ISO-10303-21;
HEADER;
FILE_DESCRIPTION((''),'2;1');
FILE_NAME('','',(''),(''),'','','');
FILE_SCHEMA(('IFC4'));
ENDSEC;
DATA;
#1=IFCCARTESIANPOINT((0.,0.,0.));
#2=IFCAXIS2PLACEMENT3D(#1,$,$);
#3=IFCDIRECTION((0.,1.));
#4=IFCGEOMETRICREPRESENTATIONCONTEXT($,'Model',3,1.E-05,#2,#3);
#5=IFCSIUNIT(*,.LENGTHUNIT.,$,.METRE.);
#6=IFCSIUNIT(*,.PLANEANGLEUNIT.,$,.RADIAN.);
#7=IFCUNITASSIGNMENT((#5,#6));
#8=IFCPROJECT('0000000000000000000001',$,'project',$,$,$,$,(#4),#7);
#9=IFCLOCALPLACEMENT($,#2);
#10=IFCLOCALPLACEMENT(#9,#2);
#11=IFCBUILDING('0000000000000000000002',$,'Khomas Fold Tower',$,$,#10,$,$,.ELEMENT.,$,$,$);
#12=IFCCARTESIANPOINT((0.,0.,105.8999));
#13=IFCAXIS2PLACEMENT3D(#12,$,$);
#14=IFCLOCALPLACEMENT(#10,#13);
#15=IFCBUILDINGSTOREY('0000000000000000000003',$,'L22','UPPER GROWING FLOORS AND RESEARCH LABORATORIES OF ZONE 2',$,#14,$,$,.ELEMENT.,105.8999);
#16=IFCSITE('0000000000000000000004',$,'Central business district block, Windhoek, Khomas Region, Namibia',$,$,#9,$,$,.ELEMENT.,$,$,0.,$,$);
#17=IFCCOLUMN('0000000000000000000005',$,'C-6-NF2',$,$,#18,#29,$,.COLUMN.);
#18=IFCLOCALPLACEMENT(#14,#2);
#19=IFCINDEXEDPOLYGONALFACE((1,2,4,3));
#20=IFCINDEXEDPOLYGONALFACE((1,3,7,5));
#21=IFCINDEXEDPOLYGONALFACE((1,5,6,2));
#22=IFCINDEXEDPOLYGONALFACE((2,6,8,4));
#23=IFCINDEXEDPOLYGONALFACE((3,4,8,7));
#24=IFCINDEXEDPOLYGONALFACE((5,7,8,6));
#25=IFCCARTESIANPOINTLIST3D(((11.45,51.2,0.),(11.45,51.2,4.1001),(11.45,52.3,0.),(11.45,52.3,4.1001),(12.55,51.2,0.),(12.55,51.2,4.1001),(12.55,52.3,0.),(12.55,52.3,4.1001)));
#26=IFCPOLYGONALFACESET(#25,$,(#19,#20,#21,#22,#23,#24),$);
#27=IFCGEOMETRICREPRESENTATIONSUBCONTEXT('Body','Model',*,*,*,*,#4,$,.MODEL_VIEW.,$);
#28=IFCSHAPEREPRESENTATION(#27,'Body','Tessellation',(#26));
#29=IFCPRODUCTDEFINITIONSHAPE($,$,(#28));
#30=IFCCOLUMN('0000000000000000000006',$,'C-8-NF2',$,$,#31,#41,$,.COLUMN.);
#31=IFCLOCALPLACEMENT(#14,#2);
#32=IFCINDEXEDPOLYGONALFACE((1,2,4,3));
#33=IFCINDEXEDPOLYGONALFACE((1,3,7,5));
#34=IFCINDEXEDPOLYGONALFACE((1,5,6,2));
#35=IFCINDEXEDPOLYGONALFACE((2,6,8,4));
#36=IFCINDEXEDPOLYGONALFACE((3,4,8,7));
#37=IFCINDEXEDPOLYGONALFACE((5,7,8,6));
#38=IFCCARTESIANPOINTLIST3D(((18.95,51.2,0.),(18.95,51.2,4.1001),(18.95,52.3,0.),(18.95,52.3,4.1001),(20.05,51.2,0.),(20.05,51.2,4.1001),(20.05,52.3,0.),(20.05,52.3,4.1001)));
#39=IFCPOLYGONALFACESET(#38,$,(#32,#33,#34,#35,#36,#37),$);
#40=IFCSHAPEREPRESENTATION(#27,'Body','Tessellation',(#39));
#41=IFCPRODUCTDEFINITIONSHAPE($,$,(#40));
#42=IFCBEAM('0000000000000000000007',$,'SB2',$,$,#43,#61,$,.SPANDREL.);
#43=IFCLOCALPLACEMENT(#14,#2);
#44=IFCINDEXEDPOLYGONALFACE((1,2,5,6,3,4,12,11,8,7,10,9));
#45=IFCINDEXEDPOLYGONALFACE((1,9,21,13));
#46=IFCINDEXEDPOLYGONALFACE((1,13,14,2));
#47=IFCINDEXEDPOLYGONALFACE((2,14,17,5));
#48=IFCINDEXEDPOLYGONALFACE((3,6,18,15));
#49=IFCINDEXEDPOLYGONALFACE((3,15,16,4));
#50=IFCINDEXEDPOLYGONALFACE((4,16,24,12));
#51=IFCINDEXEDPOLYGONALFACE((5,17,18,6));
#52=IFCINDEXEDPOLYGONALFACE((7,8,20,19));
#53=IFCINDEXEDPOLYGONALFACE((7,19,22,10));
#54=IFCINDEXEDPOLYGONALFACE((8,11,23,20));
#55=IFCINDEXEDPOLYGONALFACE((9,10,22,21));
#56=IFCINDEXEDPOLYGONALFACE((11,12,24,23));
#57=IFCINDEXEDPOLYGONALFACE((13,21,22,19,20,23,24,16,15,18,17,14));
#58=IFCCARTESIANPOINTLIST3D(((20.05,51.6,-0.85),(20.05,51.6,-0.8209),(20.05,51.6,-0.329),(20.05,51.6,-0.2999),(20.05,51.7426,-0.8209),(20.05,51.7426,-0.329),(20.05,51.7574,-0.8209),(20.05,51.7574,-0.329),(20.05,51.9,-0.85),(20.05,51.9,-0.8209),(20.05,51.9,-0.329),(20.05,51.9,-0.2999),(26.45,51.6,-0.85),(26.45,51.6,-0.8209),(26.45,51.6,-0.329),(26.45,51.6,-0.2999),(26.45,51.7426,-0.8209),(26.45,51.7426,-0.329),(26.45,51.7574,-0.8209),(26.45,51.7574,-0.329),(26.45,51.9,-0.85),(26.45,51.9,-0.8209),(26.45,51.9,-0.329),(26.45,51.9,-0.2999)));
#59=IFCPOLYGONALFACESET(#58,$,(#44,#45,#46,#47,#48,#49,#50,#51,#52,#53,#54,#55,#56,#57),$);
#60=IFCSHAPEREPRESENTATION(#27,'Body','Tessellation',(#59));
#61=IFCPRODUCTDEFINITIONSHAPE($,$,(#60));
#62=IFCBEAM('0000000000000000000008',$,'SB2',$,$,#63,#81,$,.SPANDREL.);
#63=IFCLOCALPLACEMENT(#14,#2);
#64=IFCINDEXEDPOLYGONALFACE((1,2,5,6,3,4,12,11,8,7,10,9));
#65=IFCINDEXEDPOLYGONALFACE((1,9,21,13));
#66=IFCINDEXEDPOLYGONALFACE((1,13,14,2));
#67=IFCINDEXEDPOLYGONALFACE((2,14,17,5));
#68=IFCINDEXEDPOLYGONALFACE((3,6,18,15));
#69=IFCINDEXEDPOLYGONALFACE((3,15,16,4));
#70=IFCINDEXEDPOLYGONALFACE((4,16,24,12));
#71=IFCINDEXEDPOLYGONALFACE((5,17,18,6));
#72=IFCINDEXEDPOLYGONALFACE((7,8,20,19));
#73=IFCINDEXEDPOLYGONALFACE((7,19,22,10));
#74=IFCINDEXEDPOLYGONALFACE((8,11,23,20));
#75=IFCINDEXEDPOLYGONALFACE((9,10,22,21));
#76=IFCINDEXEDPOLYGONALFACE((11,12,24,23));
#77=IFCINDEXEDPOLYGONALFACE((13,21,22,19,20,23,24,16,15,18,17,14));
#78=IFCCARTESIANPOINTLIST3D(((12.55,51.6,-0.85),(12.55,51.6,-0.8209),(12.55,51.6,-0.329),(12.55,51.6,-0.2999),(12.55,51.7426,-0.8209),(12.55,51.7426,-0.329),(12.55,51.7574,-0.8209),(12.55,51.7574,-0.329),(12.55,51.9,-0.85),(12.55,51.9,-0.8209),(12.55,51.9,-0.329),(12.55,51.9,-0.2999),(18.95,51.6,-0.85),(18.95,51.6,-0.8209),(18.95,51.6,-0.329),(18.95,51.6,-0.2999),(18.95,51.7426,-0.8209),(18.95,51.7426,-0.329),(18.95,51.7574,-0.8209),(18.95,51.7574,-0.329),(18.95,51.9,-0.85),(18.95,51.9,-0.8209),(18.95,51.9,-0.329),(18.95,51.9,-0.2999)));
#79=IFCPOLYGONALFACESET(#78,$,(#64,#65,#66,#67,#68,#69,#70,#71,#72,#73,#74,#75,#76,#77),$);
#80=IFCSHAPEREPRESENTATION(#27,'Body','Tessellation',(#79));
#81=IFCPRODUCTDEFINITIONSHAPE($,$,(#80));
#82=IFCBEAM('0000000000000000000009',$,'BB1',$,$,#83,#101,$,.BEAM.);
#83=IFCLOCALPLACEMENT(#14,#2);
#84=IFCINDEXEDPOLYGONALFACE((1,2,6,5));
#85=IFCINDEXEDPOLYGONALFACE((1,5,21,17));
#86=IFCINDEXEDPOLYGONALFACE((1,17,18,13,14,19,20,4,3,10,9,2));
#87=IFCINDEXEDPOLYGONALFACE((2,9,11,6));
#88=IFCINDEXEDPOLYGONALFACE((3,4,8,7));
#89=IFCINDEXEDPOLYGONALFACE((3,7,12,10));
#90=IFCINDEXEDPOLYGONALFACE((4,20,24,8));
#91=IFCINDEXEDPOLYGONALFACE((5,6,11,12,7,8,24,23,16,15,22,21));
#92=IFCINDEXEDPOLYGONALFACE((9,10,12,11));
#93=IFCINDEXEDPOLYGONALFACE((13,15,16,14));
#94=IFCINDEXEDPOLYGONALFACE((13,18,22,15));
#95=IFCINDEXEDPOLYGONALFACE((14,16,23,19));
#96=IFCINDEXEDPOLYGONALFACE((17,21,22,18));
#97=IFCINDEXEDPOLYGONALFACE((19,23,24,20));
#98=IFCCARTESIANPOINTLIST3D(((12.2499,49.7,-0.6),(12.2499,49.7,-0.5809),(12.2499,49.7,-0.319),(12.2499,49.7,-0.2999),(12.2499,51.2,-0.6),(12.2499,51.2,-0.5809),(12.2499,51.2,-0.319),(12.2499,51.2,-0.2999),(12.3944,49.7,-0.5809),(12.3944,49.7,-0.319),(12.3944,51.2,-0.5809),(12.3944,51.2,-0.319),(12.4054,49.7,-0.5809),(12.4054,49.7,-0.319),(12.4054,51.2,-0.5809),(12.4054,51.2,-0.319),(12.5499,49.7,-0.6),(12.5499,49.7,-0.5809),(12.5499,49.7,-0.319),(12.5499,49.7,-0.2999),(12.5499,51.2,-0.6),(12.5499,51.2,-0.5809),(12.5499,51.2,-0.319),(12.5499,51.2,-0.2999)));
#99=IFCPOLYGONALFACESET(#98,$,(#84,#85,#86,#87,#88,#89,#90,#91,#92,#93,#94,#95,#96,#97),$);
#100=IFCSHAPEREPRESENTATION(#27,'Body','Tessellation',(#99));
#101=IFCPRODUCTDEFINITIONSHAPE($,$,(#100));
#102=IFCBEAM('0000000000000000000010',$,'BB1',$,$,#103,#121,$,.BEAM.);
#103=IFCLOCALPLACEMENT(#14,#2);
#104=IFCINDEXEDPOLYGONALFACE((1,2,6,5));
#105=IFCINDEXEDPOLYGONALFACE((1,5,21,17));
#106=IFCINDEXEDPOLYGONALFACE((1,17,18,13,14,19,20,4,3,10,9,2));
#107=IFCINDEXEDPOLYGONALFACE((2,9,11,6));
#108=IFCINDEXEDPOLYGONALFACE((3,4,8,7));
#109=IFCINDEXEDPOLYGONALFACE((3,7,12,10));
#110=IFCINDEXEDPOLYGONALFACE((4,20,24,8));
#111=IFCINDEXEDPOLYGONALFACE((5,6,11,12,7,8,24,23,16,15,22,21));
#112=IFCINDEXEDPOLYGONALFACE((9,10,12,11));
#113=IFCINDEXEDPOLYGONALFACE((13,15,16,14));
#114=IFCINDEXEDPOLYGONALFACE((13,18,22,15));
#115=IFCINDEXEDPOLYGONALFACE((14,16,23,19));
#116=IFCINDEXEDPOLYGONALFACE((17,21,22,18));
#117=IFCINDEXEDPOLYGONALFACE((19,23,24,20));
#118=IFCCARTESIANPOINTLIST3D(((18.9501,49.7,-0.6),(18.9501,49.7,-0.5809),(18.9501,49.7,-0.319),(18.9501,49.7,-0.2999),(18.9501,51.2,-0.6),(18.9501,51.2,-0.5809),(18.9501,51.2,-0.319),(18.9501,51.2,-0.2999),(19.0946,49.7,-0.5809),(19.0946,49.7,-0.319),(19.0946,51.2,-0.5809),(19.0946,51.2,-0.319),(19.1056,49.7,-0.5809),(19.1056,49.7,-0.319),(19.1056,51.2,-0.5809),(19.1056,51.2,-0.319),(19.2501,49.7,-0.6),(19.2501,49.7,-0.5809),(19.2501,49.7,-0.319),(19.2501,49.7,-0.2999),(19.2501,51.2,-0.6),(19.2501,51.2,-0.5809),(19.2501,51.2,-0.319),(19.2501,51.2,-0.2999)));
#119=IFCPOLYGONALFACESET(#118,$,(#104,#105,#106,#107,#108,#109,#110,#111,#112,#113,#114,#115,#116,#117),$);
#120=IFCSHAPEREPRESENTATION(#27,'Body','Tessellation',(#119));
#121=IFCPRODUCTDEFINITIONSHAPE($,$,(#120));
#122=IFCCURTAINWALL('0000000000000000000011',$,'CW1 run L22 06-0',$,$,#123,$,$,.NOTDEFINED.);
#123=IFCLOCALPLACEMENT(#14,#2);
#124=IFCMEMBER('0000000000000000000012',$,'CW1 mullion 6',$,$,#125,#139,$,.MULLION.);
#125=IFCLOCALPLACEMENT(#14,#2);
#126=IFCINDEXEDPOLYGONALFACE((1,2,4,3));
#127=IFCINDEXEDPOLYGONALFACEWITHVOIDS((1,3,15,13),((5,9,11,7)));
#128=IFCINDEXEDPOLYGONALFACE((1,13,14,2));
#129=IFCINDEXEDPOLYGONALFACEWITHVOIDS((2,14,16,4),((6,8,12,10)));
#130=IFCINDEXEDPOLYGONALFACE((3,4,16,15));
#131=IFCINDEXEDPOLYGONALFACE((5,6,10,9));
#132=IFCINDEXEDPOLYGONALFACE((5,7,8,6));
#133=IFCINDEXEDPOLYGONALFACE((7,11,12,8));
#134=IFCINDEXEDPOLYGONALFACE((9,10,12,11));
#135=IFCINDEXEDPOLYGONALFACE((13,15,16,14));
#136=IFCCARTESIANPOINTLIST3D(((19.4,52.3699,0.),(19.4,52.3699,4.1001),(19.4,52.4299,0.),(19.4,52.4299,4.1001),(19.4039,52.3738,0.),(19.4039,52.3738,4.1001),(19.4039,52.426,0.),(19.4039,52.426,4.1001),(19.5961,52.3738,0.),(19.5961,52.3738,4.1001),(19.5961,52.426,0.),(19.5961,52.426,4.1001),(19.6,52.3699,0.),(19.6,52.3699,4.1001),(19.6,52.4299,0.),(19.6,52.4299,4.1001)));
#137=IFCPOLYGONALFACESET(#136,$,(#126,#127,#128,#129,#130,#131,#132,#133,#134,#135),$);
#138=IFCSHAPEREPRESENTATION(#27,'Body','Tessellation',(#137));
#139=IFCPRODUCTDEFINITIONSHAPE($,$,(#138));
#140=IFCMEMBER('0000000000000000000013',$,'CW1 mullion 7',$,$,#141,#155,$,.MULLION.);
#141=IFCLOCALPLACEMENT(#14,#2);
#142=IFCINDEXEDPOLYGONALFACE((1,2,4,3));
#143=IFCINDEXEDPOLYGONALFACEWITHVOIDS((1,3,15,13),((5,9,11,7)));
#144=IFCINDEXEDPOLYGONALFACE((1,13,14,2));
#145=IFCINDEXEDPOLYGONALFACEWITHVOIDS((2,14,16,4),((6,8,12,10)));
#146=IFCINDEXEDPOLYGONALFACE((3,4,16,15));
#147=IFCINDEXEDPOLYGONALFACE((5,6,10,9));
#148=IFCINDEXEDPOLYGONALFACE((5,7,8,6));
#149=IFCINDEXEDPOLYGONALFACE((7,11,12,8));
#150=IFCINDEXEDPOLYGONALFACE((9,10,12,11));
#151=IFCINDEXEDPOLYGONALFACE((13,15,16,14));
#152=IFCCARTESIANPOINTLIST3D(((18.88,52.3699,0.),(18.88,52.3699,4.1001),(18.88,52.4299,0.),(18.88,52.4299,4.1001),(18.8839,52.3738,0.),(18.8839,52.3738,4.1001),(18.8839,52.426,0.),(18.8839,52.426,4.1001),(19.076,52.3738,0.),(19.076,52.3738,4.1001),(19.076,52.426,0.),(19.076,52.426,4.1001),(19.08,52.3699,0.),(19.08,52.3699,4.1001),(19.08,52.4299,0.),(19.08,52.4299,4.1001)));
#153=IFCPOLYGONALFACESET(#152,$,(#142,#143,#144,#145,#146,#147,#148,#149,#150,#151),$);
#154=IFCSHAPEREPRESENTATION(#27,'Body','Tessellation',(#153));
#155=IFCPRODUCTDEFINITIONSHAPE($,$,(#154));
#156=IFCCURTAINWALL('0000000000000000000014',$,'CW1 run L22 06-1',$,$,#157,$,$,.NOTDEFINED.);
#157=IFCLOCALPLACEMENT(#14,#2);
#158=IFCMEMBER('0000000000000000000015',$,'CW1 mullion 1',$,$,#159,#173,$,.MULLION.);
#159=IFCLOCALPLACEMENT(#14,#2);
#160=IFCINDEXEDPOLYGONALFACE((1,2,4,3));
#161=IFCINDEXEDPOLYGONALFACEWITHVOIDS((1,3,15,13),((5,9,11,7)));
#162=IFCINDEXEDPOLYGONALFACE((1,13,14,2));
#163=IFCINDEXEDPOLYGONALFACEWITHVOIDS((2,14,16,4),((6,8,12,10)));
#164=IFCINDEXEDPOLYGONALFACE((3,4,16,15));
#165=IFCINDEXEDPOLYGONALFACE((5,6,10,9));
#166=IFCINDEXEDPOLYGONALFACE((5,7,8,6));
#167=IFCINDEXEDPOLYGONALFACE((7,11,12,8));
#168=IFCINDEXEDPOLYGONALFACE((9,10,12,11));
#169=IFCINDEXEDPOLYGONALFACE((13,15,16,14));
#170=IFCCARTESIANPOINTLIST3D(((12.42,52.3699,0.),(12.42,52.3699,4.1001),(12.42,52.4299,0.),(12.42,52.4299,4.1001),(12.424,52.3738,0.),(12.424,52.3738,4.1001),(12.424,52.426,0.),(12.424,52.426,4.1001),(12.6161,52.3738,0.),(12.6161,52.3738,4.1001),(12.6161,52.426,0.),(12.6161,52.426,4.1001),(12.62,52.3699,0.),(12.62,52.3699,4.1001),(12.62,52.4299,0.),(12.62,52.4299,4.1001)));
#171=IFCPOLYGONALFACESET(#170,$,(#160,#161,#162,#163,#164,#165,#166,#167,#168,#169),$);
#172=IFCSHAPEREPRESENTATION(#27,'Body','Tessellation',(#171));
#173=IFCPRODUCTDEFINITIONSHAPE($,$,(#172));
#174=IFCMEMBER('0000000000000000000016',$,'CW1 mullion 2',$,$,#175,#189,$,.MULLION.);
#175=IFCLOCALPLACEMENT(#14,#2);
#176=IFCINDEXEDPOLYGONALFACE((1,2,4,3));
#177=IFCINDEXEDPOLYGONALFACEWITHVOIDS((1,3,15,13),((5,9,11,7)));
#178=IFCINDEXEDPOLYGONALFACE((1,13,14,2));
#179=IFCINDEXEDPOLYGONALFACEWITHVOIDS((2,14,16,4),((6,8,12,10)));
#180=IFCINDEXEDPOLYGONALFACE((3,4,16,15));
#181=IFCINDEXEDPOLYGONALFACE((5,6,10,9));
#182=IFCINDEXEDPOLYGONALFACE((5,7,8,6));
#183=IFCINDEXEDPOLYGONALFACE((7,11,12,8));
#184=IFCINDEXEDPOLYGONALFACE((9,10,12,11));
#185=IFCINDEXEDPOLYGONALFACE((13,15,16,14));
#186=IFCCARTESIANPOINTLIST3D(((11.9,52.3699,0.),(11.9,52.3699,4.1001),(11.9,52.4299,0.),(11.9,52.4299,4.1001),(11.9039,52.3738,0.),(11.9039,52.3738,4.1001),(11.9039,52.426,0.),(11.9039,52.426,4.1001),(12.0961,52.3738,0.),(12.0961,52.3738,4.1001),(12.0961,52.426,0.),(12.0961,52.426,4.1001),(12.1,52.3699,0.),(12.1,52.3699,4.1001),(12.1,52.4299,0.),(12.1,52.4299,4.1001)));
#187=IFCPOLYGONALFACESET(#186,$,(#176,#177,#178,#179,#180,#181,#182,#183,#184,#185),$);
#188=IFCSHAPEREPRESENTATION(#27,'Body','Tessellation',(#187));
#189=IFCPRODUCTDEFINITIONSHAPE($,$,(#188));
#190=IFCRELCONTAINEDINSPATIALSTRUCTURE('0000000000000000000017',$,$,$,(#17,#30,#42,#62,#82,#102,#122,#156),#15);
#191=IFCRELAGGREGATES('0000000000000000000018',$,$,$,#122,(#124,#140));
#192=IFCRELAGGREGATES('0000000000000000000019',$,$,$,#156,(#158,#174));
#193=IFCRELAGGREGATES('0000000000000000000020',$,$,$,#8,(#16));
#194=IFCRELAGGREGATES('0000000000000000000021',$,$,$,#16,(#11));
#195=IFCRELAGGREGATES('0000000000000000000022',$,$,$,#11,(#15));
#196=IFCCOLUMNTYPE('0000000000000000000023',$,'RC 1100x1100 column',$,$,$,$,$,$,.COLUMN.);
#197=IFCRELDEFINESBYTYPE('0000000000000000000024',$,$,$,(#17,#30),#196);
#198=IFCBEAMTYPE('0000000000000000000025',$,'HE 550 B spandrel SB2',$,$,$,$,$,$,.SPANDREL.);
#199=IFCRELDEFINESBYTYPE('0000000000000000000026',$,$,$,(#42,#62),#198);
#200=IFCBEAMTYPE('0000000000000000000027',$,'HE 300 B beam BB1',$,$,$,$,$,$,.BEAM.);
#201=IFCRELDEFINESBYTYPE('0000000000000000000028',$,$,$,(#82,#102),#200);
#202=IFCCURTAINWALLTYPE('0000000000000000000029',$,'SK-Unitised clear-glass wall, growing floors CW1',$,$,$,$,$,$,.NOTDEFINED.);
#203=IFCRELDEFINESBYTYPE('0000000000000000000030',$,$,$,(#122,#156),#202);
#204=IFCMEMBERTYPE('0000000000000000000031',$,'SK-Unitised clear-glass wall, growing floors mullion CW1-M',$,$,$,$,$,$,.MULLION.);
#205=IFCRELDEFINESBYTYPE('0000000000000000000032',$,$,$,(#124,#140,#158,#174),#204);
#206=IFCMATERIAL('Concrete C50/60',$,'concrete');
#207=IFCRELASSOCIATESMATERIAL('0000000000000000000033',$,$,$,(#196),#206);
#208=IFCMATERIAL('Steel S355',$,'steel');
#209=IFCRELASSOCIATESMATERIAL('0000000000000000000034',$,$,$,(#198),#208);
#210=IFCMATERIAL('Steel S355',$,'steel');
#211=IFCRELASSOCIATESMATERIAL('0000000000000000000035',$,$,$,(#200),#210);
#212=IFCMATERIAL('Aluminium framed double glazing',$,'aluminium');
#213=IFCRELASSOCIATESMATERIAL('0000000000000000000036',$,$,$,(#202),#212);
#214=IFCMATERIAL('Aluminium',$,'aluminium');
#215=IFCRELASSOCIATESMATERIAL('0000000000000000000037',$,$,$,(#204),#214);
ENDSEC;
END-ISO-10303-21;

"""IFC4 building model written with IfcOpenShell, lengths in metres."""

from ifc_helpers import new_model, si_unit, direction, frame, origin, origin_2d, place, context, subcontext, project, spatial, rectangle, hollow_rectangle, i_section, extrude, source, transform, mapped, material, material_profile, profile_set, type_object, element, aggregate, save


model = new_model("IFC4")

# Units and contexts
model_context = context("Model", 3, precision=1e-05, world=origin(), true_north=direction((0.0, 1.0)))
body_context = subcontext(model_context, "Body", "Model", "MODEL_VIEW")
ifc_project = project(units=[si_unit("LENGTHUNIT", "METRE"), si_unit("PLANEANGLEUNIT", "RADIAN")], contexts=[model_context])

# Site, building, storey
site_placement = place(None, origin())
site = spatial("IfcSite", under=ifc_project, at=site_placement, Name="Central business district block, Windhoek, Khomas Region, Namibia", CompositionType="ELEMENT", RefElevation=0.0)
building_placement = place(site_placement, origin())
building = spatial("IfcBuilding", under=site, at=building_placement, Name="Khomas Fold Tower", CompositionType="ELEMENT")
storey_placement = place(building_placement, frame((0.0, 0.0, 105.8999)))
storey = spatial("IfcBuildingStorey", under=building, at=storey_placement, Name="L22", Description="UPPER GROWING FLOORS AND RESEARCH LABORATORIES OF ZONE 2", CompositionType="ELEMENT", Elevation=105.8999)

# Columns
ifc_material_1 = material(Name="Concrete C50/60", Category="concrete")
ifc_material_profile_1 = material_profile(ifc_material_1, rectangle(XDim=1.1001, YDim=1.1001, at=origin_2d()), Name="RC 1100x1100")
ifc_profile_set_1 = profile_set([ifc_material_profile_1], Name="Concrete C50/60")
column_type = type_object("IfcColumnType", Name="RC 1100x1100 column", PredefinedType="COLUMN", material=ifc_profile_set_1)
shared_shape_1 = source(origin(), body_context, "Body", "SweptSolid", [
    extrude(rectangle(XDim=1.1001, YDim=1.1001, at=origin_2d()), origin(), (0.0, 0.0, 1.0), 4.1001),
])
for number, where, z_axis, x_axis, name in (
    (1, (12.0, 51.75, 0.0), (0.0, 0.0, 1.0), (1.0, 0.0, 0.0), "C-6-NF2"),
    (2, (19.5, 51.75, 0.0), (0.0, 0.0, 1.0), (1.0, 0.0, 0.0), "C-8-NF2"),
):
    element("IfcColumn", number, at=place(storey_placement, frame(where, z_axis=z_axis, x_axis=x_axis)), inside=storey, type_object=column_type, Name=name, PredefinedType="COLUMN", context=body_context, shape_type="MappedRepresentation", body=[
        mapped(shared_shape_1, transform((0.0, 0.0, 0.0))),
    ])

# Beams
ifc_material_2 = material(Name="Steel S355", Category="steel")
ifc_material_profile_2 = material_profile(ifc_material_2, i_section(OverallWidth=0.3, OverallDepth=0.55, WebThickness=0.0149, FlangeThickness=0.0291, at=origin_2d()), Name="HE 550 B")
ifc_profile_set_2 = profile_set([ifc_material_profile_2], Name="Steel S355")
beam_type_1 = type_object("IfcBeamType", Name="HE 550 B spandrel SB2", PredefinedType="SPANDREL", material=ifc_profile_set_2)
shared_shape_2 = source(origin(), body_context, "Body", "SweptSolid", [
    extrude(i_section(OverallWidth=0.3, OverallDepth=0.55, WebThickness=0.0149, FlangeThickness=0.0291, at=origin_2d()), origin(), (0.0, 0.0, 1.0), 6.3999),
])
for number, where, z_axis, x_axis, name in (
    (3, (20.05, 51.75, -0.575), (1.0, 0.0, 0.0), (0.0, 1.0, 0.0), "SB2"),
    (4, (12.55, 51.75, -0.575), (1.0, 0.0, 0.0), (0.0, 1.0, 0.0), "SB2"),
):
    element("IfcBeam", number, at=place(storey_placement, frame(where, z_axis=z_axis, x_axis=x_axis)), inside=storey, type_object=beam_type_1, Name=name, PredefinedType="SPANDREL", context=body_context, shape_type="MappedRepresentation", body=[
        mapped(shared_shape_2, transform((0.0, 0.0, 0.0))),
    ])
ifc_material_3 = material(Name="Steel S355", Category="steel")
ifc_material_profile_3 = material_profile(ifc_material_3, i_section(OverallWidth=0.3, OverallDepth=0.3, WebThickness=0.011, FlangeThickness=0.019, at=origin_2d()), Name="HE 300 B")
ifc_profile_set_3 = profile_set([ifc_material_profile_3], Name="Steel S355")
beam_type_2 = type_object("IfcBeamType", Name="HE 300 B beam BB1", PredefinedType="BEAM", material=ifc_profile_set_3)
shared_shape_3 = source(origin(), body_context, "Body", "SweptSolid", [
    extrude(i_section(OverallWidth=0.3, OverallDepth=0.3, WebThickness=0.011, FlangeThickness=0.019, at=origin_2d()), origin(), (0.0, 0.0, 1.0), 1.5),
])
for number, where, z_axis, x_axis, name in (
    (5, (12.3999, 49.7, -0.45), (0.0, 1.0, 0.0), (-1.0, 0.0, 0.0), "BB1"),
    (6, (19.1001, 49.7, -0.45), (0.0, 1.0, 0.0), (-1.0, 0.0, 0.0), "BB1"),
):
    element("IfcBeam", number, at=place(storey_placement, frame(where, z_axis=z_axis, x_axis=x_axis)), inside=storey, type_object=beam_type_2, Name=name, PredefinedType="BEAM", context=body_context, shape_type="MappedRepresentation", body=[
        mapped(shared_shape_3, transform((0.0, 0.0, 0.0))),
    ])

# Curtain walls, members
ifc_material_4 = material(Name="Aluminium framed double glazing", Category="aluminium")
curtain_wall_type = type_object("IfcCurtainWallType", Name="SK-Unitised clear-glass wall, growing floors CW1", PredefinedType="NOTDEFINED", material=ifc_material_4)
curtain_wall_1_placement = place(storey_placement, origin())
curtain_wall_1 = element("IfcCurtainWall", 7, at=curtain_wall_1_placement, inside=storey, type_object=curtain_wall_type, Name="CW1 run L22 06-0", PredefinedType="NOTDEFINED")
ifc_material_5 = material(Name="Aluminium", Category="aluminium")
ifc_material_profile_4 = material_profile(ifc_material_5, hollow_rectangle(XDim=0.0601, YDim=0.2, WallThickness=0.0039, at=origin_2d()), Name="SK-Unitised clear-glass wall, growing floors mullion CW1-M")
ifc_profile_set_4 = profile_set([ifc_material_profile_4], Name="Aluminium")
member_type_1 = type_object("IfcMemberType", Name="SK-Unitised clear-glass wall, growing floors mullion CW1-M", PredefinedType="MULLION", material=ifc_profile_set_4)
shared_shape_4 = source(origin(), body_context, "Body", "SweptSolid", [
    extrude(hollow_rectangle(XDim=0.0601, YDim=0.2, WallThickness=0.0039, at=origin_2d()), origin(), (0.0, 0.0, 1.0), 4.1001),
])
member_1_placement = place(storey_placement, frame((19.5, 52.3999, 0.0), z_axis=(0.0, 0.0, 1.0), x_axis=(0.0, -1.0, 0.0)))
member_1 = element("IfcMember", 8, at=member_1_placement, type_object=member_type_1, Name="CW1 mullion 6", PredefinedType="MULLION", context=body_context, shape_type="MappedRepresentation", body=[
    mapped(shared_shape_4, transform((0.0, 0.0, 0.0))),
])
member_2_placement = place(storey_placement, frame((18.98, 52.3999, 0.0), z_axis=(0.0, 0.0, 1.0), x_axis=(0.0, -1.0, 0.0)))
member_2 = element("IfcMember", 9, at=member_2_placement, type_object=member_type_1, Name="CW1 mullion 7", PredefinedType="MULLION", context=body_context, shape_type="MappedRepresentation", body=[
    mapped(shared_shape_4, transform((0.0, 0.0, 0.0))),
])
curtain_wall_2_placement = place(storey_placement, origin())
curtain_wall_2 = element("IfcCurtainWall", 10, at=curtain_wall_2_placement, inside=storey, type_object=curtain_wall_type, Name="CW1 run L22 06-1", PredefinedType="NOTDEFINED")
member_3_placement = place(storey_placement, frame((12.52, 52.3999, 0.0), z_axis=(0.0, 0.0, 1.0), x_axis=(0.0, -1.0, 0.0)))
member_3 = element("IfcMember", 11, at=member_3_placement, type_object=member_type_1, Name="CW1 mullion 1", PredefinedType="MULLION", context=body_context, shape_type="MappedRepresentation", body=[
    mapped(shared_shape_4, transform((0.0, 0.0, 0.0))),
])
member_4_placement = place(storey_placement, frame((12.0, 52.3999, 0.0), z_axis=(0.0, 0.0, 1.0), x_axis=(0.0, -1.0, 0.0)))
member_4 = element("IfcMember", 12, at=member_4_placement, type_object=member_type_1, Name="CW1 mullion 2", PredefinedType="MULLION", context=body_context, shape_type="MappedRepresentation", body=[
    mapped(shared_shape_4, transform((0.0, 0.0, 0.0))),
])

aggregate(curtain_wall_1, [member_1, member_2])
aggregate(curtain_wall_2, [member_3, member_4])

save(model, "model.ifc")
